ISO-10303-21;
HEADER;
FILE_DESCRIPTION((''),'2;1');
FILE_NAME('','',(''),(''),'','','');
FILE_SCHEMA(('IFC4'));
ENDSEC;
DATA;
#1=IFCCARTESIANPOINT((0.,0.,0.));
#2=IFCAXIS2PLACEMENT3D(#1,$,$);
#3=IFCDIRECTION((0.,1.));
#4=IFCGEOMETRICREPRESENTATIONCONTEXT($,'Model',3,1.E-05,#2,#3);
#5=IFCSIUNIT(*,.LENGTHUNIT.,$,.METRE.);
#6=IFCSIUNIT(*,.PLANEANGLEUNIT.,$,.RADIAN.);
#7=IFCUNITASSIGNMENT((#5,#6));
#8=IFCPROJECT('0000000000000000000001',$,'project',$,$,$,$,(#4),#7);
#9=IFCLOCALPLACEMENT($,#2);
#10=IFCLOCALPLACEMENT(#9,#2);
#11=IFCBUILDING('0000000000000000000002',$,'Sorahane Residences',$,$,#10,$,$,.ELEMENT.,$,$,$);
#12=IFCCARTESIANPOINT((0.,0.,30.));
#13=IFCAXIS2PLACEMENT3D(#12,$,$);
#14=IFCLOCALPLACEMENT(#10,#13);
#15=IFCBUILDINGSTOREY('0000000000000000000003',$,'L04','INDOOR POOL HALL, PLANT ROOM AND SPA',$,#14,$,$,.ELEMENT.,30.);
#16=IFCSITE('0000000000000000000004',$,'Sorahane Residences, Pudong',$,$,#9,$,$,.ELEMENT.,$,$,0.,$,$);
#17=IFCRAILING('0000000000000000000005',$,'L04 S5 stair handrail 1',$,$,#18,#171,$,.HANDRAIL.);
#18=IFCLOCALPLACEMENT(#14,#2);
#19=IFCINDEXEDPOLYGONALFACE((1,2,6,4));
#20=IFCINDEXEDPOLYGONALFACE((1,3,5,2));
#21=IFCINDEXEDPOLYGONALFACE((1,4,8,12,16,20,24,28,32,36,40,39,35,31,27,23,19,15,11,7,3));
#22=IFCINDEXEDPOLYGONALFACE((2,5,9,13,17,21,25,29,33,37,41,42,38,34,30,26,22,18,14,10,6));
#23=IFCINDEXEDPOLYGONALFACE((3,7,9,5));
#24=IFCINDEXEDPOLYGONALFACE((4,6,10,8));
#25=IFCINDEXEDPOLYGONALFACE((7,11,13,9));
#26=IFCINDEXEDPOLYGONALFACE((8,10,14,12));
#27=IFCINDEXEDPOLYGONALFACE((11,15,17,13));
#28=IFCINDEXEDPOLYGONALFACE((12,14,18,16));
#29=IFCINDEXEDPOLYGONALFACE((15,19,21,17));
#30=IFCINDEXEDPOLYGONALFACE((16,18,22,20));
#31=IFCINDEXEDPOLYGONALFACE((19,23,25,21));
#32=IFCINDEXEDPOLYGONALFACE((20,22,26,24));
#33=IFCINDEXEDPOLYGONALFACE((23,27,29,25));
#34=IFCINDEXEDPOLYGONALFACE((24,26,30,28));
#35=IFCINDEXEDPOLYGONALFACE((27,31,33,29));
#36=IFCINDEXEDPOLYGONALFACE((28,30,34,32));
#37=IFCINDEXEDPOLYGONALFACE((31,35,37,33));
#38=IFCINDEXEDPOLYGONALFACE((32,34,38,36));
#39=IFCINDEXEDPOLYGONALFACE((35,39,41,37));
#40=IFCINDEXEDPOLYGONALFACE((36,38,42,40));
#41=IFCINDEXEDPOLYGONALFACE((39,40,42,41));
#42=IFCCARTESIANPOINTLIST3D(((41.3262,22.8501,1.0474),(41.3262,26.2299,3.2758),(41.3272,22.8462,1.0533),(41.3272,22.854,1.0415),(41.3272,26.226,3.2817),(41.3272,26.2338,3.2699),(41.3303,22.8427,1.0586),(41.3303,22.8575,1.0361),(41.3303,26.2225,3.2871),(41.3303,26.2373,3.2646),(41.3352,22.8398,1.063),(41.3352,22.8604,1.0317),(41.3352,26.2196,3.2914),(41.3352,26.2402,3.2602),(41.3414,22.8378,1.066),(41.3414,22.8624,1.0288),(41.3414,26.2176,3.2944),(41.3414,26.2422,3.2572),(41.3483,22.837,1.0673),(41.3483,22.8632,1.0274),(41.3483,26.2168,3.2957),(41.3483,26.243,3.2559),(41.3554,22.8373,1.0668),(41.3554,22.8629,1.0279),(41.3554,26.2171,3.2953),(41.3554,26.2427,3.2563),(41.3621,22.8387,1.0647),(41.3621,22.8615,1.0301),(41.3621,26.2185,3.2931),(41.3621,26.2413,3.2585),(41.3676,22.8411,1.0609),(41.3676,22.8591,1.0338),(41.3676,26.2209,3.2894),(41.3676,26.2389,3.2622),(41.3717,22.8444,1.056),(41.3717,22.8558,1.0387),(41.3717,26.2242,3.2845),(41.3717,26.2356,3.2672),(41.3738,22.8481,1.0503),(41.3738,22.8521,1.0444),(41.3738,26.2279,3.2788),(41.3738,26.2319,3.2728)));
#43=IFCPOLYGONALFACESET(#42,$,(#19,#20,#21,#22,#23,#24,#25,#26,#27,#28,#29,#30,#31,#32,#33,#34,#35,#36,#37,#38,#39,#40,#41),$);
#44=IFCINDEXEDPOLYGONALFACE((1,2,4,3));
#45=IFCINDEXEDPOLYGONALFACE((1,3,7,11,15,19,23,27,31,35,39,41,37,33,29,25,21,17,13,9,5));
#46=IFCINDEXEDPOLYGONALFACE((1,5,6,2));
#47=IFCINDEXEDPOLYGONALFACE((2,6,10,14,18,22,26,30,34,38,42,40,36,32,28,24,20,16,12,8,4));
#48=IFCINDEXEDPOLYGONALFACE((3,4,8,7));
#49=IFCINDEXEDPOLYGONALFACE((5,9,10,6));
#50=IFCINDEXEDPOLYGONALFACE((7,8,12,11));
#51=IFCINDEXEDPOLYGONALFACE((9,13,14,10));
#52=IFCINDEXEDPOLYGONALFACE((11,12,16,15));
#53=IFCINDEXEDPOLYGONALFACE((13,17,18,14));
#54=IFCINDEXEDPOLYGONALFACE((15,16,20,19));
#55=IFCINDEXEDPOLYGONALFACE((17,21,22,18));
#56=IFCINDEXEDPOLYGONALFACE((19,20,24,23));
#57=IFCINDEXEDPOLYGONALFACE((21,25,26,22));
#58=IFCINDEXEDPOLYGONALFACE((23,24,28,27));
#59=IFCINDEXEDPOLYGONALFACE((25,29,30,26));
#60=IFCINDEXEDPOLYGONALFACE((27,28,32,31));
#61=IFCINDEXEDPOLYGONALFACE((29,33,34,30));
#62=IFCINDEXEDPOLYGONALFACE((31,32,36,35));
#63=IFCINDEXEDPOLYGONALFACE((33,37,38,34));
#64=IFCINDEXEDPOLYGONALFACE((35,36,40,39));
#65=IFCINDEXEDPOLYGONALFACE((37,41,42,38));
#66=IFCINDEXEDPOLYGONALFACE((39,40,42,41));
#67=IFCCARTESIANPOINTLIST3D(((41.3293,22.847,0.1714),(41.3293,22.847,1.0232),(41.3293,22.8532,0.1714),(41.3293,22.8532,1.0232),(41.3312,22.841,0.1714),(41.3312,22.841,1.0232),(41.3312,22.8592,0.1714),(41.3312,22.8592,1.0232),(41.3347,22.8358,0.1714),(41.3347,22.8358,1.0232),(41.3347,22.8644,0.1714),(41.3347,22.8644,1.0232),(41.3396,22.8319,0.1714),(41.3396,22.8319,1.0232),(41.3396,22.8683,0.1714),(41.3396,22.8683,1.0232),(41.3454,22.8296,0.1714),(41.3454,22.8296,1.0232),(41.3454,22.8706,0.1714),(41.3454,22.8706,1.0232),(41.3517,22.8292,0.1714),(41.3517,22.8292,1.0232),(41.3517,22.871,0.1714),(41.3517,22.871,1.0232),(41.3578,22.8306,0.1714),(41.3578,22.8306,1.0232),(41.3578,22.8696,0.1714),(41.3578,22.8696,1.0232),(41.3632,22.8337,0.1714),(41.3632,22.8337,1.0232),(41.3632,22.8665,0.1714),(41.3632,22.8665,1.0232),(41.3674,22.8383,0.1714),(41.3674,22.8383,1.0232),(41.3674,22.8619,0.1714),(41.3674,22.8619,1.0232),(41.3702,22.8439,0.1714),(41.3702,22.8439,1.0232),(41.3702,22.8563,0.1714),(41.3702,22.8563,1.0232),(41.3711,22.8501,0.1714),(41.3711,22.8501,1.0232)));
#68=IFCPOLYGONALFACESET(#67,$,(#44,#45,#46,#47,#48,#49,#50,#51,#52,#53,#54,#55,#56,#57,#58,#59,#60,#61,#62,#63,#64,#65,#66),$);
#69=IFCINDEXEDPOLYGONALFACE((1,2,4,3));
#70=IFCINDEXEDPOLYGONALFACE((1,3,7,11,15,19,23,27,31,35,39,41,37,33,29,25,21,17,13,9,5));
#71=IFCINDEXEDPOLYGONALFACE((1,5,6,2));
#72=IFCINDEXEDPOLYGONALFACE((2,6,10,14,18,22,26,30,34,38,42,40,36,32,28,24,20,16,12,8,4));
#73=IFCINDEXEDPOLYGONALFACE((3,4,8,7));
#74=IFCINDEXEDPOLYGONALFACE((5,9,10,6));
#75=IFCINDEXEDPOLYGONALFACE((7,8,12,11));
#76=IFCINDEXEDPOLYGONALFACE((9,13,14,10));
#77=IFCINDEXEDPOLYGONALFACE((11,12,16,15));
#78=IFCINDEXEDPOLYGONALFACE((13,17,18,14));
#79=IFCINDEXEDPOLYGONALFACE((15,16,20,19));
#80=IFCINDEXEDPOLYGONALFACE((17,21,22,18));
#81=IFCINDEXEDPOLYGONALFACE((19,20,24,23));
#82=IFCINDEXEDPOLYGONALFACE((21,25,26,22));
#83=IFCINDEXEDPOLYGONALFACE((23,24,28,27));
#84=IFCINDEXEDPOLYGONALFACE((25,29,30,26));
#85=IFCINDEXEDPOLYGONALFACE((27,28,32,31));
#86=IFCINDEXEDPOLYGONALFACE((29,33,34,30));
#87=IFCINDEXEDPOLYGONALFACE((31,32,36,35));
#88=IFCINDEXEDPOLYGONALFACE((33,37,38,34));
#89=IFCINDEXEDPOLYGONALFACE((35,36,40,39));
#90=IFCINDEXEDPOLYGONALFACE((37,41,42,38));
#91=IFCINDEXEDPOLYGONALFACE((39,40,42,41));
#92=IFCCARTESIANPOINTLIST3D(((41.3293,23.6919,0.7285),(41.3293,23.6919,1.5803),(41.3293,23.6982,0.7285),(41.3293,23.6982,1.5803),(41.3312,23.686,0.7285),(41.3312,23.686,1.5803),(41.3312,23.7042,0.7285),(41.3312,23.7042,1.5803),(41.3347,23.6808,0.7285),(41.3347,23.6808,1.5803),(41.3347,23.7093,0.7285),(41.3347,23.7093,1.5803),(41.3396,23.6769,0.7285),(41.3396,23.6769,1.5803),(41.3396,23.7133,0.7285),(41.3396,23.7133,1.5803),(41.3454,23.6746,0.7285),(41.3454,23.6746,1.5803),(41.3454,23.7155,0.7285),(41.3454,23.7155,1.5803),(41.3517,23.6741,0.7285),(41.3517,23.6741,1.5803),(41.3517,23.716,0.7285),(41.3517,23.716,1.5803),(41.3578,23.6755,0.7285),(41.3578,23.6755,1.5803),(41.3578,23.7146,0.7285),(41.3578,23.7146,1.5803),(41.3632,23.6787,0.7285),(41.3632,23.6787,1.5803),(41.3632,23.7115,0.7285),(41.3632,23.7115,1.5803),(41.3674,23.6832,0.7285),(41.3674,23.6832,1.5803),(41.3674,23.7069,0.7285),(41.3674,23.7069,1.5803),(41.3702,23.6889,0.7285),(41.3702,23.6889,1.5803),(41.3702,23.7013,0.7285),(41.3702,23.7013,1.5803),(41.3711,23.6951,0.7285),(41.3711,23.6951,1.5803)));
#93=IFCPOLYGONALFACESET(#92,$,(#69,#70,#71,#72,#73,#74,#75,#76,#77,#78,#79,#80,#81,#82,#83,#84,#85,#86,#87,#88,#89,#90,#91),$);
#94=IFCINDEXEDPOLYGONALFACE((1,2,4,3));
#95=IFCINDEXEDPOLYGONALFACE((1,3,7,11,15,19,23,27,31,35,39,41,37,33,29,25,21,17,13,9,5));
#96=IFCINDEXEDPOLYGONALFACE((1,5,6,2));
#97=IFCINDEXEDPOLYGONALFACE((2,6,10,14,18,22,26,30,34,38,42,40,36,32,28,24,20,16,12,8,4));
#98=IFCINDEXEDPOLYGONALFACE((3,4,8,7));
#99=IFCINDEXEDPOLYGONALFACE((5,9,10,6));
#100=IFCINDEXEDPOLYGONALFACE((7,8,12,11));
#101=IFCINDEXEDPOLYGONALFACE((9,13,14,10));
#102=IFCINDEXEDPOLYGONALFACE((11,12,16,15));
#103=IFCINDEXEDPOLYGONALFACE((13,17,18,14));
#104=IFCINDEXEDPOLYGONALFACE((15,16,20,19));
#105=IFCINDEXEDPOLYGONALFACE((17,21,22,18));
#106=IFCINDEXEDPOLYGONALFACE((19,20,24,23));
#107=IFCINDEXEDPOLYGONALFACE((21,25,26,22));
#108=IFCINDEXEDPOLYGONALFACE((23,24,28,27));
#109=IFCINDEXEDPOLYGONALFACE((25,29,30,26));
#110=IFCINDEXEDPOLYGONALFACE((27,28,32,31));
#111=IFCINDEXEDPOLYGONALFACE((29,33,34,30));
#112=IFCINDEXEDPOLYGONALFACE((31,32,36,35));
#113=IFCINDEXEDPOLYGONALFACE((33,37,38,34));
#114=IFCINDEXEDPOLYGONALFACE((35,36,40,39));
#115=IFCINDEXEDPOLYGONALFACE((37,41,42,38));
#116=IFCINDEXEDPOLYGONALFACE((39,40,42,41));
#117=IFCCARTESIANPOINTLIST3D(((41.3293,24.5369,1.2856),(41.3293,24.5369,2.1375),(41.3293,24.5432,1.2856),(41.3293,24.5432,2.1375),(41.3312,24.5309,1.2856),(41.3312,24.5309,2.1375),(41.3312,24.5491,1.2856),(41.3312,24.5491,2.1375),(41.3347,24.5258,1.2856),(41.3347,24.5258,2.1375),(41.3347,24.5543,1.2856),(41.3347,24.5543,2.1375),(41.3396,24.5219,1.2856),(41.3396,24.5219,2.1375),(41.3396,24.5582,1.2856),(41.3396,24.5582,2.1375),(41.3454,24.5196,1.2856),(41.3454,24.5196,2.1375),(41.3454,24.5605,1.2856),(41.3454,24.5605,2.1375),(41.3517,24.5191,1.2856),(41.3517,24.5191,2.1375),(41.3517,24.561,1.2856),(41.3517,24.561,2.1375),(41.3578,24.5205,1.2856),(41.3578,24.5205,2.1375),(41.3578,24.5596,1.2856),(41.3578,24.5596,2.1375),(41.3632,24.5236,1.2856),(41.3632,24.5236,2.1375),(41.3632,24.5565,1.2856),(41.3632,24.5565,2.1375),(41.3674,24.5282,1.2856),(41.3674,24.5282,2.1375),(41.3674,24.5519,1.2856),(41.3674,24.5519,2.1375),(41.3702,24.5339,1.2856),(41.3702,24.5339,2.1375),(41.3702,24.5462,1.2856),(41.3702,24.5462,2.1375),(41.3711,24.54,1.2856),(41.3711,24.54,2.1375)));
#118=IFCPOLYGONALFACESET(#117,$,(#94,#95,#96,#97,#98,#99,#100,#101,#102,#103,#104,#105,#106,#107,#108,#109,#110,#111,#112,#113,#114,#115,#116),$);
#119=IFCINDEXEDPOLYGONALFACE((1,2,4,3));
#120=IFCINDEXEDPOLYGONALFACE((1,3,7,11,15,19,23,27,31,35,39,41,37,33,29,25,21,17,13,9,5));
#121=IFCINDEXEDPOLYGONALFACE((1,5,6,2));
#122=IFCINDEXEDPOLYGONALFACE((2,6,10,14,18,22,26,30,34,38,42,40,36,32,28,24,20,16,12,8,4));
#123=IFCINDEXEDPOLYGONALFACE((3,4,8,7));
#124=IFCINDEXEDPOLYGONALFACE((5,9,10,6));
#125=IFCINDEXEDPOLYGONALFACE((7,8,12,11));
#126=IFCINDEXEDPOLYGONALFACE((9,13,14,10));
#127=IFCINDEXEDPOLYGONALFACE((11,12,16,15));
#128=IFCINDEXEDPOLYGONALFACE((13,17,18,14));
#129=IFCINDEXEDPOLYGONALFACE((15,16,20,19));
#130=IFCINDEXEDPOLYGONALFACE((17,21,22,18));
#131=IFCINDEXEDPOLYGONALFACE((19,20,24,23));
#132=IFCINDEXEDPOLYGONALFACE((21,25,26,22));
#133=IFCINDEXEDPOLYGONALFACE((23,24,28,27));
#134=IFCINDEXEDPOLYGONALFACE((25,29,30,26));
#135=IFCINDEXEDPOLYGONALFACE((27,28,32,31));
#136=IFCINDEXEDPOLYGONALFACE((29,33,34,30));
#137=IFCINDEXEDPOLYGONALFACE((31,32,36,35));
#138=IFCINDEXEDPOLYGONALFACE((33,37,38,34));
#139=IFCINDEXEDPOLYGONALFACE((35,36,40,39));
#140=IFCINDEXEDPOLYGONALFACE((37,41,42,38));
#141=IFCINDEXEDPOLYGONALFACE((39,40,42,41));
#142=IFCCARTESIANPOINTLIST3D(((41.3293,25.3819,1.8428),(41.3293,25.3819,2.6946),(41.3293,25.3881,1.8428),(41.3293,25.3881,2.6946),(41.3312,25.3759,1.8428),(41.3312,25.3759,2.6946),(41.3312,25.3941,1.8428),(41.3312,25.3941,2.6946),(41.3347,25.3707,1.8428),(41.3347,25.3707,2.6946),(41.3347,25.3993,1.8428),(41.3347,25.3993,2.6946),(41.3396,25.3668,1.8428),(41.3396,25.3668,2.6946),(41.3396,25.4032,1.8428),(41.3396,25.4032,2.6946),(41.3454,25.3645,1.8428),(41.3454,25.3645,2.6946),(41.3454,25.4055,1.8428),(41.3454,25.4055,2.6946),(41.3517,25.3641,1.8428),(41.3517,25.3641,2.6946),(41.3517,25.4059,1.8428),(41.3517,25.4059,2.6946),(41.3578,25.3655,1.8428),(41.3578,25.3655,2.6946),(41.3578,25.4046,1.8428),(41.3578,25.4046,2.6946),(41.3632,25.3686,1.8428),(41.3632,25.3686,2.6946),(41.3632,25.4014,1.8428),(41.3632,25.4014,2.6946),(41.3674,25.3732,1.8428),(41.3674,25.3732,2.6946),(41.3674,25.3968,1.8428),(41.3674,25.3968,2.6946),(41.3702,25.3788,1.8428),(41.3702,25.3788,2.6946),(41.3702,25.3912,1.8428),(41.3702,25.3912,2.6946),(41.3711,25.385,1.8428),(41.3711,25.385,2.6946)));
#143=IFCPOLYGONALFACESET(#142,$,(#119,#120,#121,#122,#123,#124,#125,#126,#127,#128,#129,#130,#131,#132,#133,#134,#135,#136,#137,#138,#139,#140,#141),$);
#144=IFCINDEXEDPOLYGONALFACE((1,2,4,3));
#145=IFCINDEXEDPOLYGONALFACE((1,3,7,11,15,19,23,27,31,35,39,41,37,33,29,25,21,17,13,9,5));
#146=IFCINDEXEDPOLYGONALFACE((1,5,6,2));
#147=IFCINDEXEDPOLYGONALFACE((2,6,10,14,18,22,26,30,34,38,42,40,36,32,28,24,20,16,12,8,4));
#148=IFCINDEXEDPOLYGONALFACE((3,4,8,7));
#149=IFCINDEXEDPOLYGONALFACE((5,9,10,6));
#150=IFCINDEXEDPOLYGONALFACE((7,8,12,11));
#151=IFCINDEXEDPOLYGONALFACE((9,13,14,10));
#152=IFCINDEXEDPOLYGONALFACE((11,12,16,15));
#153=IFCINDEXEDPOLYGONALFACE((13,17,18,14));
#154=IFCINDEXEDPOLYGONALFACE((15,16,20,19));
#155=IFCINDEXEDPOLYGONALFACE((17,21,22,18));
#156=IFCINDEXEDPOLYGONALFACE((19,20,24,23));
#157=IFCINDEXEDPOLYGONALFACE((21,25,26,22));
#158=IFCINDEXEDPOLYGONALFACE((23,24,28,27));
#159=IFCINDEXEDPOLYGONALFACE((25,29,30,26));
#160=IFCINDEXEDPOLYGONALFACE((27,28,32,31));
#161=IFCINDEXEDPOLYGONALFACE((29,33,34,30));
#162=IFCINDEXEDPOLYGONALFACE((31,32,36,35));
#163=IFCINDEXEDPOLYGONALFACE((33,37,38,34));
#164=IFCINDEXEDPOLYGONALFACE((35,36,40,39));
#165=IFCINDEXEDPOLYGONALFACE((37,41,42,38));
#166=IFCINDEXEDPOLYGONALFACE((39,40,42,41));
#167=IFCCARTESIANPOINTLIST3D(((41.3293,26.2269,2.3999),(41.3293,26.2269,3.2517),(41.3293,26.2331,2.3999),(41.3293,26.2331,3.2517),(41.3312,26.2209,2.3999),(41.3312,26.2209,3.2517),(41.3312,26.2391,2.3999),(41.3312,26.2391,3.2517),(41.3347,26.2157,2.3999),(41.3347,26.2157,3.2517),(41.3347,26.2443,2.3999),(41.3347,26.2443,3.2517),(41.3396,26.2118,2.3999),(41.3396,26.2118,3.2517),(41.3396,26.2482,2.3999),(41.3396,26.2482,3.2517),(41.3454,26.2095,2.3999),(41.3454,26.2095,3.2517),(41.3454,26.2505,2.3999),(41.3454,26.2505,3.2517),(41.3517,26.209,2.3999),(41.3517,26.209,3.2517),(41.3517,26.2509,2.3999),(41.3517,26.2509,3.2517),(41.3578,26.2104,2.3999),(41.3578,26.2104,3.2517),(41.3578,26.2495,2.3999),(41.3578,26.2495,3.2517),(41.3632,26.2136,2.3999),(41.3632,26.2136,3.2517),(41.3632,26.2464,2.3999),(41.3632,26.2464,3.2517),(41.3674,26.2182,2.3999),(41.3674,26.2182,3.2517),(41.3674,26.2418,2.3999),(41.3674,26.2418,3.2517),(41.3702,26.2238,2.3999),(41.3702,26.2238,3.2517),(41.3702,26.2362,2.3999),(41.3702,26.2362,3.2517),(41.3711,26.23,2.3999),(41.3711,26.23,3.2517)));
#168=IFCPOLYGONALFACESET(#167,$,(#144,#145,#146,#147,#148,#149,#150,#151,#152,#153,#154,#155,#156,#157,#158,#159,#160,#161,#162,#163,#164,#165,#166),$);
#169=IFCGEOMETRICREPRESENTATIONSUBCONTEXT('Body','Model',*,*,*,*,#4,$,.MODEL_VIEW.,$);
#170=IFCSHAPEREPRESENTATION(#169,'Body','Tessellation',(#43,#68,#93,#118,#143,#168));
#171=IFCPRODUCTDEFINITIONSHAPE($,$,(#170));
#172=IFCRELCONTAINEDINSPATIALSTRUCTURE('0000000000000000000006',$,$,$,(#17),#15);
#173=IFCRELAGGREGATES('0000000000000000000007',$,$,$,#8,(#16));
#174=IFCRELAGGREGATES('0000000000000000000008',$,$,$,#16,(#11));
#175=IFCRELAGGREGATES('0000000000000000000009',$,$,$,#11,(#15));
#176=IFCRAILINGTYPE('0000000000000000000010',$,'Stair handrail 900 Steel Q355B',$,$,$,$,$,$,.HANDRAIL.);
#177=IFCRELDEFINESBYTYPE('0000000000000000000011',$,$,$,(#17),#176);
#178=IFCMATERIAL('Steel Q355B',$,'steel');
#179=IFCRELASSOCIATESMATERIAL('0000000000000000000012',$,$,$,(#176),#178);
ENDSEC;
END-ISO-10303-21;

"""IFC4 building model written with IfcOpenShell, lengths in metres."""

from ifc_helpers import new_model, si_unit, direction, frame, origin, origin_2d, place, context, subcontext, project, spatial, circle, extrude, material, type_object, element, save


model = new_model("IFC4")

# Units and contexts
model_context = context("Model", 3, precision=1e-05, world=origin(), true_north=direction((0.0, 1.0)))
body_context = subcontext(model_context, "Body", "Model", "MODEL_VIEW")
ifc_project = project(units=[si_unit("LENGTHUNIT", "METRE"), si_unit("PLANEANGLEUNIT", "RADIAN")], contexts=[model_context])

# Site, building, storey
site_placement = place(None, origin())
site = spatial("IfcSite", under=ifc_project, at=site_placement, Name="Sorahane Residences, Pudong", CompositionType="ELEMENT", RefElevation=0.0)
building_placement = place(site_placement, origin())
building = spatial("IfcBuilding", under=site, at=building_placement, Name="Sorahane Residences", CompositionType="ELEMENT")
storey_placement = place(building_placement, frame((0.0, 0.0, 30.0)))
storey = spatial("IfcBuildingStorey", under=building, at=storey_placement, Name="L04", Description="INDOOR POOL HALL, PLANT ROOM AND SPA", CompositionType="ELEMENT", Elevation=30.0)

# Railing
ifc_material_1 = material(Name="Steel Q355B", Category="steel")
railing_type_1 = type_object("IfcRailingType", Name="Stair handrail 900 Steel Q355B", PredefinedType="HANDRAIL", material=ifc_material_1)
railing_1_placement = place(storey_placement, frame((41.3501, 22.8501, 0.1714)))
element("IfcRailing", 1, at=railing_1_placement, inside=storey, type_object=railing_type_1, Name="L04 S5 stair handrail 1", PredefinedType="HANDRAIL", context=body_context, shape_type="SweptSolid", body=[
    extrude(circle(Radius=0.0239, at=origin_2d()), frame((0.0, 0.0, 0.876), z_axis=(0.0, 0.83486, 0.550462), x_axis=(-1.0, 0.0, 0.0)), (0.0, 0.0, 1.0), 4.0483),
    extrude(circle(Radius=0.021, at=origin_2d()), origin(), (0.0, 0.0, 1.0), 0.8518),
    extrude(circle(Radius=0.021, at=origin_2d()), frame((0.0, 0.845, 0.5571)), (0.0, 0.0, 1.0), 0.8518),
    extrude(circle(Radius=0.021, at=origin_2d()), frame((0.0, 1.6899, 1.1143)), (0.0, 0.0, 1.0), 0.8518),
    extrude(circle(Radius=0.021, at=origin_2d()), frame((0.0, 2.5349, 1.6714)), (0.0, 0.0, 1.0), 0.8518),
    extrude(circle(Radius=0.021, at=origin_2d()), frame((0.0, 3.3799, 2.2285)), (0.0, 0.0, 1.0), 0.8518),
])

save(model, "model.ifc")
